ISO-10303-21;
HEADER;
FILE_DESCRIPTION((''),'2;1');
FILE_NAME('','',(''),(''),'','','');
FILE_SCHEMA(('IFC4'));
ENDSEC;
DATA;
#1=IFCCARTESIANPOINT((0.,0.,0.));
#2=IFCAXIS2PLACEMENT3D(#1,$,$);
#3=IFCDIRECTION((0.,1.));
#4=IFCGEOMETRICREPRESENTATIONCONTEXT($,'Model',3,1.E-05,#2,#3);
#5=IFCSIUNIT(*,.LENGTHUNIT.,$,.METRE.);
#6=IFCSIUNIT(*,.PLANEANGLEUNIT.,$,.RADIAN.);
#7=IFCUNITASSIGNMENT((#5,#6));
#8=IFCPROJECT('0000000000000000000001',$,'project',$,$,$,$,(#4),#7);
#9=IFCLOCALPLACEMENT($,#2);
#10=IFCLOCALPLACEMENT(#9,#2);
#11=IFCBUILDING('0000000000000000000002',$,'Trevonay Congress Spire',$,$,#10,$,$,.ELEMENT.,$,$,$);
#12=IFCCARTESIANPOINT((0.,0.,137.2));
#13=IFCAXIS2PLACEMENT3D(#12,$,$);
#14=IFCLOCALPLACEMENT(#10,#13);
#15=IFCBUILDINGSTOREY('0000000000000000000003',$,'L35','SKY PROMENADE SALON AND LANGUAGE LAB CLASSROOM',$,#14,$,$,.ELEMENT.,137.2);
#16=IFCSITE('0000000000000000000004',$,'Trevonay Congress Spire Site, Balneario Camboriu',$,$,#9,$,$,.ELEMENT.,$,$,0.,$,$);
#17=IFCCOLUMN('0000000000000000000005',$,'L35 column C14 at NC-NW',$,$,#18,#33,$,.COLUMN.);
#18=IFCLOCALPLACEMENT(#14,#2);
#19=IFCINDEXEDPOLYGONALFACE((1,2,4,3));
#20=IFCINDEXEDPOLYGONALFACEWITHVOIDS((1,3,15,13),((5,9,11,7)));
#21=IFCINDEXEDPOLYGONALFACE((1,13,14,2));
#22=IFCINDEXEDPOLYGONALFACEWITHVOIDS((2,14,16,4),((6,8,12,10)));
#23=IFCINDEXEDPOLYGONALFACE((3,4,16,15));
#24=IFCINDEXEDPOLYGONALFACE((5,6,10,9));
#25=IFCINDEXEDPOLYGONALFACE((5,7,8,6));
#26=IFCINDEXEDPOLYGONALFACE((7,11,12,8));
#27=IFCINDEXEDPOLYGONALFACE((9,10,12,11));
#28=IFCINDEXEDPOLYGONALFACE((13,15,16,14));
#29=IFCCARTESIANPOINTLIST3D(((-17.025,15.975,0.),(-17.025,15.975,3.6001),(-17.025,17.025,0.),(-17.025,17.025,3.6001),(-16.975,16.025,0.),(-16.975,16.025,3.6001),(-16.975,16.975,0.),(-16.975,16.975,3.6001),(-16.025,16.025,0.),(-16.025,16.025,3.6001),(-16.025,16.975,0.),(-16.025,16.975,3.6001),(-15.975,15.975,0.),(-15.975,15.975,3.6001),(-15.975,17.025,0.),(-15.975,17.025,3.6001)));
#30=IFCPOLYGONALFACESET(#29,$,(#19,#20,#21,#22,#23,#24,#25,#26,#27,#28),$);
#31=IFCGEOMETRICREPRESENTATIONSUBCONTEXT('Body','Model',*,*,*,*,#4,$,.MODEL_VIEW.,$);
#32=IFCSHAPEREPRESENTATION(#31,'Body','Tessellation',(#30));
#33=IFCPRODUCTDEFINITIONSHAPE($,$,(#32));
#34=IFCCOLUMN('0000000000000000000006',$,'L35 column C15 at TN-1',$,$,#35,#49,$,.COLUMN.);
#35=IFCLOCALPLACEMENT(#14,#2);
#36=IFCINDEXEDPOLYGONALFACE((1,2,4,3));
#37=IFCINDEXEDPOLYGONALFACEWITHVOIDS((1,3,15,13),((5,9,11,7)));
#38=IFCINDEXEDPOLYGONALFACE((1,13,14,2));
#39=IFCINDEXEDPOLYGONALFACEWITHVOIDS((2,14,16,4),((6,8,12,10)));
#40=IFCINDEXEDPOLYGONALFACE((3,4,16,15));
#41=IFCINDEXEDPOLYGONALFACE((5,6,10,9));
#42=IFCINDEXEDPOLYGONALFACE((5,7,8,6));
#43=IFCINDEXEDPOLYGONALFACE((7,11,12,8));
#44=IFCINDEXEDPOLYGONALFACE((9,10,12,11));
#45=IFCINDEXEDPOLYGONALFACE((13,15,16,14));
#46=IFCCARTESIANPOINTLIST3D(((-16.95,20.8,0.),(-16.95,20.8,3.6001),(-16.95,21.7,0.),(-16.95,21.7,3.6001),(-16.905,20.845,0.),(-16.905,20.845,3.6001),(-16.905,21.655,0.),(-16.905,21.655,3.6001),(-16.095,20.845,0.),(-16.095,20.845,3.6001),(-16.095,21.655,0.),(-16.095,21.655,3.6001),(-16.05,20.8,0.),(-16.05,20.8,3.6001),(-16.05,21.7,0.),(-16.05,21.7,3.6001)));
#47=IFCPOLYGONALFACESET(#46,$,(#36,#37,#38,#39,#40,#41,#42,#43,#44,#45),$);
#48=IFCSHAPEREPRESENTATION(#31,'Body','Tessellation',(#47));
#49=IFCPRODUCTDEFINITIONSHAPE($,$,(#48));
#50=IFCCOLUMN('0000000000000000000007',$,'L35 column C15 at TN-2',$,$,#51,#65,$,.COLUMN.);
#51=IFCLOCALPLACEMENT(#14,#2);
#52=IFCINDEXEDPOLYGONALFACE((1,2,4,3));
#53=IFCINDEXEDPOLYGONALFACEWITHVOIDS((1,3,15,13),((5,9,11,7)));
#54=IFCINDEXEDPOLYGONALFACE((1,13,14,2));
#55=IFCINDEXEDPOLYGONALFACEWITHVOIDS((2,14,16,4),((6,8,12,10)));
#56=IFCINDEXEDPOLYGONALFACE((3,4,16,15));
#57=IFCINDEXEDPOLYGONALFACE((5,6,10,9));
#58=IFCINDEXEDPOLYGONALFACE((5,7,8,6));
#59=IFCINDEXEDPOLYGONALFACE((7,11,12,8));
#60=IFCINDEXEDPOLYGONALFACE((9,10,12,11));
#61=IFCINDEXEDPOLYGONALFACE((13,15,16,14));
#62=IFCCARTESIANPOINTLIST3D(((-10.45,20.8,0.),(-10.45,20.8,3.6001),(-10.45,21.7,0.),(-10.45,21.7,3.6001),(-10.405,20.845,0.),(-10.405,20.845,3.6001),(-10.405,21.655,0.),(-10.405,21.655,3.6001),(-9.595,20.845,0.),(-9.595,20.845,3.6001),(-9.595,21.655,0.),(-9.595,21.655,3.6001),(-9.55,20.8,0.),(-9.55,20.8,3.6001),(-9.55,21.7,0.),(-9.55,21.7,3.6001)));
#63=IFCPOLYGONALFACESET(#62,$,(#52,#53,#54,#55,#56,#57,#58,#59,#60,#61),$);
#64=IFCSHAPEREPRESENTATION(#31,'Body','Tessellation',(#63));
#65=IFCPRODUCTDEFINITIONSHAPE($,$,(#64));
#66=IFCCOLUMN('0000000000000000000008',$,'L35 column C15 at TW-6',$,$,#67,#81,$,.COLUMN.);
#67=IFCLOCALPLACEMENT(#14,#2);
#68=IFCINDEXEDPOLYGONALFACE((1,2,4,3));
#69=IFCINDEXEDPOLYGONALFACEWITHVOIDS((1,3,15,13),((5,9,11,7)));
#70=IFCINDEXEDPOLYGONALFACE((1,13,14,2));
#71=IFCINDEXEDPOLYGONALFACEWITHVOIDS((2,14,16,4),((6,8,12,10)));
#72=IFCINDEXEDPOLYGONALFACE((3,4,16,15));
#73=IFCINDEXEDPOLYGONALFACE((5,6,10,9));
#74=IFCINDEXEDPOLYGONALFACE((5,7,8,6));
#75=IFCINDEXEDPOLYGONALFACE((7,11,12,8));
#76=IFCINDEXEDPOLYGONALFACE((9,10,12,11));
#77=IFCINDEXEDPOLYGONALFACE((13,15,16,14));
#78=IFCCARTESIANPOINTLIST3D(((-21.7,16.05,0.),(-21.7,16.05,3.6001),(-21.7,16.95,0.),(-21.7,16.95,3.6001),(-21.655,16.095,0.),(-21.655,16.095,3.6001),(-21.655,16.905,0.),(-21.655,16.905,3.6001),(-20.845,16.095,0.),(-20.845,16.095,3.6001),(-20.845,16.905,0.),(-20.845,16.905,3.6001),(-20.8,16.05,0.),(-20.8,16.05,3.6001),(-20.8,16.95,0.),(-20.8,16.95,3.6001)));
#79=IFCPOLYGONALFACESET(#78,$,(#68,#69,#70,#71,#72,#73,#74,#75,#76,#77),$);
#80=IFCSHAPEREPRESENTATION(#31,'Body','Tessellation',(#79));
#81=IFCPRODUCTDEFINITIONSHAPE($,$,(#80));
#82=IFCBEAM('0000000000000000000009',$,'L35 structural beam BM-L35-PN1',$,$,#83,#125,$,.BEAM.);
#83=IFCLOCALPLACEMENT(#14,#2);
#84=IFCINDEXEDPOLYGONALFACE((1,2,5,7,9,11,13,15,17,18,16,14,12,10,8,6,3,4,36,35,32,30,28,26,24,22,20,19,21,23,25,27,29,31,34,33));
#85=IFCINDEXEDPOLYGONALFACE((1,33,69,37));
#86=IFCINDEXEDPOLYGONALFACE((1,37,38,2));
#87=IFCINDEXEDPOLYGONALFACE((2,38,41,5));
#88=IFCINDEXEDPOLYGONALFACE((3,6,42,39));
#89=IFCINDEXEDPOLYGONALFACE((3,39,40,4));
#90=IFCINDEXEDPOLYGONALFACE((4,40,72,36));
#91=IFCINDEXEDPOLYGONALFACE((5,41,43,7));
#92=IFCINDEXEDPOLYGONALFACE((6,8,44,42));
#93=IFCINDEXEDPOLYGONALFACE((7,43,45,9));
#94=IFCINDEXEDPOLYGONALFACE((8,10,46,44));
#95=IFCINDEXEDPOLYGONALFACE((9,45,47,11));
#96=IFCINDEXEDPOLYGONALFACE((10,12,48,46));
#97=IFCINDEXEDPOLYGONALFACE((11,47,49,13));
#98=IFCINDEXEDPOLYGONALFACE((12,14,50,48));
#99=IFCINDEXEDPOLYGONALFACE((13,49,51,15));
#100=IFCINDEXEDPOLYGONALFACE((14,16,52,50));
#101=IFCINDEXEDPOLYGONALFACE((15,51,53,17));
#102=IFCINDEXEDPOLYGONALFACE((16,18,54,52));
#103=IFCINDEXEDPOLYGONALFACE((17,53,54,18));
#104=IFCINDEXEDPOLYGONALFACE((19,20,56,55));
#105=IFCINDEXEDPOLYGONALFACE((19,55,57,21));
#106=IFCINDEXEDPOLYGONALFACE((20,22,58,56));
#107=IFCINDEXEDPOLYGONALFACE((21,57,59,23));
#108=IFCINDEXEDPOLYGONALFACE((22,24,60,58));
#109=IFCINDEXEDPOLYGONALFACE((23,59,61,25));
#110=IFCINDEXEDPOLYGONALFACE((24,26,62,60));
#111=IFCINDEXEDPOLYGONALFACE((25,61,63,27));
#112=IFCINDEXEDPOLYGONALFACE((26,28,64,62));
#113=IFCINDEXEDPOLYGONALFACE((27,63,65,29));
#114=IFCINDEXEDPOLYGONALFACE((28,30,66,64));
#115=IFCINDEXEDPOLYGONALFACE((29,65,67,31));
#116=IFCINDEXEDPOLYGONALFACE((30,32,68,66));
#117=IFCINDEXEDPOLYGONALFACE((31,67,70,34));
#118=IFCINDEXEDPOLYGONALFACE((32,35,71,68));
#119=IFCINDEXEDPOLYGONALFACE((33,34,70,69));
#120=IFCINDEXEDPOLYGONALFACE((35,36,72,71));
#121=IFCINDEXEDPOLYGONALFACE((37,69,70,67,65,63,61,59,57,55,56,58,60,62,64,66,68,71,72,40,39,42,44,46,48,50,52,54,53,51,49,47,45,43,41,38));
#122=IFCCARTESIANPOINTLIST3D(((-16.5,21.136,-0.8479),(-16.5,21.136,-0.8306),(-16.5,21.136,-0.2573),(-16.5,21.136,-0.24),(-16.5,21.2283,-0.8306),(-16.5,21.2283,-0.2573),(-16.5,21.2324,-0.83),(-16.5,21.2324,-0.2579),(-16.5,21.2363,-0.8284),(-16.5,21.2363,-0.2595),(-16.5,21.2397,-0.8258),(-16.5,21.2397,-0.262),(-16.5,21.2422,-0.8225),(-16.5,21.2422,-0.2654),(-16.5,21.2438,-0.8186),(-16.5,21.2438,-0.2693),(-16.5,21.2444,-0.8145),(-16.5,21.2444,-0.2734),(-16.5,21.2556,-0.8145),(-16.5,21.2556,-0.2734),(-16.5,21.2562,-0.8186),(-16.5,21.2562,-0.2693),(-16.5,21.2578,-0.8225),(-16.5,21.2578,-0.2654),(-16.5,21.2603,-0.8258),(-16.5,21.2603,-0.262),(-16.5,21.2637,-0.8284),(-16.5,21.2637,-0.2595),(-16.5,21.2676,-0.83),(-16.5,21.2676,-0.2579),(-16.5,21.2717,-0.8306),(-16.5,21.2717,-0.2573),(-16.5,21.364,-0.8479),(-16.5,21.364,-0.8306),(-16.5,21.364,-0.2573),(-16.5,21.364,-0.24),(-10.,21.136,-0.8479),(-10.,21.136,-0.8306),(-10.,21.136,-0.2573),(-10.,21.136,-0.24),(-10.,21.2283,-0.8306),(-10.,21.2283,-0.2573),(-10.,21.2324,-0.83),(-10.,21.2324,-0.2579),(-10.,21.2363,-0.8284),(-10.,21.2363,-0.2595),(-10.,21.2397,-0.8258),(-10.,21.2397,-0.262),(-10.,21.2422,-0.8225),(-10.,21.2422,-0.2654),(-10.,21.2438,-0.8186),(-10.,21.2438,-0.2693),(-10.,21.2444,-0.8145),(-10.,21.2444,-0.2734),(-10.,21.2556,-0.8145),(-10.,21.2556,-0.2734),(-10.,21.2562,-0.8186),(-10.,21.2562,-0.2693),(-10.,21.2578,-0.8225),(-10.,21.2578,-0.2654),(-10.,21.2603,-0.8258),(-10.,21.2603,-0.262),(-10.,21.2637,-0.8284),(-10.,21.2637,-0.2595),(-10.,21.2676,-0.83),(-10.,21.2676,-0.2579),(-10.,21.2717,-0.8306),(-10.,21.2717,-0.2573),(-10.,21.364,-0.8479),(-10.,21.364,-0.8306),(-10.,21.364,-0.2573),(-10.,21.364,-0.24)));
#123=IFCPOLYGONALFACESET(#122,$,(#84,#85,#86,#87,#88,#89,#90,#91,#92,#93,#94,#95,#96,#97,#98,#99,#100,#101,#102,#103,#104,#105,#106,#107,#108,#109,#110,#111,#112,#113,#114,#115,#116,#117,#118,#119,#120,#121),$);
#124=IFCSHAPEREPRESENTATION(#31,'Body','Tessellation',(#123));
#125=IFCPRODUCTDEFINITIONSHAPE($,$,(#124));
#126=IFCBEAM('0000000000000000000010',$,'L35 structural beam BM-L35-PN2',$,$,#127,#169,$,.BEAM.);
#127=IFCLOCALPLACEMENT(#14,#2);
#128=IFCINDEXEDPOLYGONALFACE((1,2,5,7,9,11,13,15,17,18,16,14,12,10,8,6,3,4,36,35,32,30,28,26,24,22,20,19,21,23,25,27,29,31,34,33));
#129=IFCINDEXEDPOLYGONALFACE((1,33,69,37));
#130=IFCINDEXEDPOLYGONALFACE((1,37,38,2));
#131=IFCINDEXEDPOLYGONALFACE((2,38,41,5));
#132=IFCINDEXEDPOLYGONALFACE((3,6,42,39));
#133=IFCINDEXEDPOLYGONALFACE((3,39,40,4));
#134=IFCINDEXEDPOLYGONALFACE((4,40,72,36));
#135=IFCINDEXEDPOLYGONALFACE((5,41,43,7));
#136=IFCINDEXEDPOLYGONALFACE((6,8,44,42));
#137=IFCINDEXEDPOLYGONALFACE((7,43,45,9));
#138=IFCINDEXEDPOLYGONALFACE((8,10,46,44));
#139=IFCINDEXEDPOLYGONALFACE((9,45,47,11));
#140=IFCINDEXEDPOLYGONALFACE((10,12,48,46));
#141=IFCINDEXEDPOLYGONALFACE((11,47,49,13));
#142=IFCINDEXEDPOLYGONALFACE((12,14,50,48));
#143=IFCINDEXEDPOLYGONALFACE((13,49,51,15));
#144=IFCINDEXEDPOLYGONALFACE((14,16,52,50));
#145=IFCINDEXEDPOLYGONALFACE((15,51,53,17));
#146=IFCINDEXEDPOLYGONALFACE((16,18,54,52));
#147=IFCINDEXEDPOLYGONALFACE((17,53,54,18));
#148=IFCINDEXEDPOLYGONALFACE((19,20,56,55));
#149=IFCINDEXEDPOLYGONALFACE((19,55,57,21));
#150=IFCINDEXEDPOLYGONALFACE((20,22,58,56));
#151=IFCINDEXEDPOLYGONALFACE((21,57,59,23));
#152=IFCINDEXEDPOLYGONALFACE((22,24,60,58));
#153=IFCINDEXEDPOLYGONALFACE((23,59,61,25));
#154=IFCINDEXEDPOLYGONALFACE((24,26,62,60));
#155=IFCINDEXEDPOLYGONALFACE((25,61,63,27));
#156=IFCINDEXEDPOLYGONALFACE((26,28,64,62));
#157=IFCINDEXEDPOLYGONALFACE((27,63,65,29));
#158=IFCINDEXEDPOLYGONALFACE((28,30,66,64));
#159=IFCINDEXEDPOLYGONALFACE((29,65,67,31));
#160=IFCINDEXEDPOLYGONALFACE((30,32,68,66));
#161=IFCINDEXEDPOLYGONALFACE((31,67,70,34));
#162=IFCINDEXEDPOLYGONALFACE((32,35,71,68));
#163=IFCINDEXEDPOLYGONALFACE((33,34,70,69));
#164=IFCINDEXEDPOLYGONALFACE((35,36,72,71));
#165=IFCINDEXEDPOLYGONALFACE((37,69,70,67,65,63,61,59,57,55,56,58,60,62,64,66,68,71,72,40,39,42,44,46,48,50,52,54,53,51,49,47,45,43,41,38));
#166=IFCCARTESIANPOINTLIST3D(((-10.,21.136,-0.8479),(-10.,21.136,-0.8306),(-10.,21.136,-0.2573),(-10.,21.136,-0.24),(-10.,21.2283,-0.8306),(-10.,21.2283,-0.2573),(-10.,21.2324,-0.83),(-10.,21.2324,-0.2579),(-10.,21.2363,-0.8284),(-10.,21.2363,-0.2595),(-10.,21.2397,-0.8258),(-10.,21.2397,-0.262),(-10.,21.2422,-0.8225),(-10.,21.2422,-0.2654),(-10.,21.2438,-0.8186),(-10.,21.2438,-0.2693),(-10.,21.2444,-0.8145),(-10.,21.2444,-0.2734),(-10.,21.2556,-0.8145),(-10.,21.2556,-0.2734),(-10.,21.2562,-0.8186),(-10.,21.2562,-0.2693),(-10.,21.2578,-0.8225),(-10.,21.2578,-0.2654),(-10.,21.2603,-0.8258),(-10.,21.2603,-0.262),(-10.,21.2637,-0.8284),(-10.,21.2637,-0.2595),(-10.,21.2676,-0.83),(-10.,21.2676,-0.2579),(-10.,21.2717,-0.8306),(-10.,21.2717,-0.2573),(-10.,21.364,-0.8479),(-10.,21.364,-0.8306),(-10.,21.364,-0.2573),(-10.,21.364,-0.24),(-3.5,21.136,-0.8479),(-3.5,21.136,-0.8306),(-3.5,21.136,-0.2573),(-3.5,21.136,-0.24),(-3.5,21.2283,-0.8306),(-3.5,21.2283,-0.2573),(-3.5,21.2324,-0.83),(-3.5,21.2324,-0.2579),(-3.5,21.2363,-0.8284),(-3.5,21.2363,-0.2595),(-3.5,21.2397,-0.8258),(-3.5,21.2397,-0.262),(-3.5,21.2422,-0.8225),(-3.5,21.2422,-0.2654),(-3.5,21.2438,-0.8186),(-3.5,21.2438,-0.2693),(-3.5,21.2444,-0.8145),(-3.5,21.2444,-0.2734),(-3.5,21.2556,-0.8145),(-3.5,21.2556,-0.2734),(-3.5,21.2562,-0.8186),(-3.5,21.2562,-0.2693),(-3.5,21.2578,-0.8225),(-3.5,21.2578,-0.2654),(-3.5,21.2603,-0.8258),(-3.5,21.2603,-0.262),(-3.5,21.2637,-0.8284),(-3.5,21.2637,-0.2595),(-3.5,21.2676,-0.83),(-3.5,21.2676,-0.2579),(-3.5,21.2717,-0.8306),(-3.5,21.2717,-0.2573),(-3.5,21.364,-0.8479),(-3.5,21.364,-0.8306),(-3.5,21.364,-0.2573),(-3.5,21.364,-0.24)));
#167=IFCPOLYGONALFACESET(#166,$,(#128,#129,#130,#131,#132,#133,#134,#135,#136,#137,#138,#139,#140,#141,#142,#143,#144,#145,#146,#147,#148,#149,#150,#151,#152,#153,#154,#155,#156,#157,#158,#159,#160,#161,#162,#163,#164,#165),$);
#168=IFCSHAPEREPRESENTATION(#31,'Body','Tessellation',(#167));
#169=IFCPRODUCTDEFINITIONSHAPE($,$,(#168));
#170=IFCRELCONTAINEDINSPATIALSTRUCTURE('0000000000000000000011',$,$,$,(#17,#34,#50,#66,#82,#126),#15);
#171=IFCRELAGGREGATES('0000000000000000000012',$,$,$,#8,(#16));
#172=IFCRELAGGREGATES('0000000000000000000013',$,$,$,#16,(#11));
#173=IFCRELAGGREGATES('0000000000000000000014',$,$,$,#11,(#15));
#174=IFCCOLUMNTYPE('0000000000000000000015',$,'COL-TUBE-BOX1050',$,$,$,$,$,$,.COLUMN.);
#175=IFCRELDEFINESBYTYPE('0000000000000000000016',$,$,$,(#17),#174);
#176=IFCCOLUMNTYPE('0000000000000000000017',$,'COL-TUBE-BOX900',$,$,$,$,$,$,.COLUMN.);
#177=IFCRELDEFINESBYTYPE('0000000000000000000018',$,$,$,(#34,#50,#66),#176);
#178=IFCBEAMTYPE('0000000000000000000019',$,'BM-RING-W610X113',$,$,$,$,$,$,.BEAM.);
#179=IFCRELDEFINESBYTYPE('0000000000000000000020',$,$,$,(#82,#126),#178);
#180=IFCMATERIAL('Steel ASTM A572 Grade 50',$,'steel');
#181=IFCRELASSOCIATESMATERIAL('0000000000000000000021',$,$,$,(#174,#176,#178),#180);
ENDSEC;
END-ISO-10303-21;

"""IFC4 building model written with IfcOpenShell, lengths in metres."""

from ifc_helpers import new_model, si_unit, direction, frame, origin, origin_2d, place, context, subcontext, project, spatial, hollow_rectangle, i_section, extrude, material, material_profile, profile_set, type_object, element, save


model = new_model("IFC4")

# Units and contexts
model_context = context("Model", 3, precision=1e-05, world=origin(), true_north=direction((0.0, 1.0)))
body_context = subcontext(model_context, "Body", "Model", "MODEL_VIEW")
ifc_project = project(units=[si_unit("LENGTHUNIT", "METRE"), si_unit("PLANEANGLEUNIT", "RADIAN")], contexts=[model_context])

# Site, building, storey
site_placement = place(None, origin())
site = spatial("IfcSite", under=ifc_project, at=site_placement, Name="Trevonay Congress Spire Site, Balneario Camboriu", CompositionType="ELEMENT", RefElevation=0.0)
building_placement = place(site_placement, origin())
building = spatial("IfcBuilding", under=site, at=building_placement, Name="Trevonay Congress Spire", CompositionType="ELEMENT")
storey_placement = place(building_placement, frame((0.0, 0.0, 137.2)))
storey = spatial("IfcBuildingStorey", under=building, at=storey_placement, Name="L35", Description="SKY PROMENADE SALON AND LANGUAGE LAB CLASSROOM", CompositionType="ELEMENT", Elevation=137.2)

# Columns
ifc_material_1 = material(Name="Steel ASTM A572 Grade 50", Category="steel")
ifc_material_profile_1 = material_profile(ifc_material_1, hollow_rectangle(XDim=1.05, YDim=1.05, WallThickness=0.05, at=origin_2d()), Name="BOX 1050x1050x50")
ifc_profile_set_1 = profile_set([ifc_material_profile_1], Name="Steel ASTM A572 Grade 50")
column_type_1 = type_object("IfcColumnType", Name="COL-TUBE-BOX1050", PredefinedType="COLUMN", material=ifc_profile_set_1)
column_placement = place(storey_placement, frame((-16.5, 16.5, 0.0), z_axis=(0.0, 0.0, 1.0), x_axis=(1.0, 0.0, 0.0)))
element("IfcColumn", 1, at=column_placement, inside=storey, type_object=column_type_1, Name="L35 column C14 at NC-NW", PredefinedType="COLUMN", context=body_context, shape_type="SweptSolid", body=[
    extrude(hollow_rectangle(XDim=1.05, YDim=1.05, WallThickness=0.05, at=origin_2d()), origin(), (0.0, 0.0, 1.0), 3.6001),
])
ifc_material_profile_2 = material_profile(ifc_material_1, hollow_rectangle(XDim=0.8999, YDim=0.8999, WallThickness=0.0449, at=origin_2d()), Name="BOX 900x900x45")
ifc_profile_set_2 = profile_set([ifc_material_profile_2], Name="Steel ASTM A572 Grade 50")
column_type_2 = type_object("IfcColumnType", Name="COL-TUBE-BOX900", PredefinedType="COLUMN", material=ifc_profile_set_2)
for number, where, z_axis, x_axis, name in (
    (2, (-16.5, 21.25, 0.0), (0.0, 0.0, 1.0), (1.0, 0.0, 0.0), "L35 column C15 at TN-1"),
    (3, (-10.0, 21.25, 0.0), (0.0, 0.0, 1.0), (1.0, 0.0, 0.0), "L35 column C15 at TN-2"),
    (4, (-21.25, 16.5, 0.0), (0.0, 0.0, 1.0), (1.0, 0.0, 0.0), "L35 column C15 at TW-6"),
):
    element("IfcColumn", number, at=place(storey_placement, frame(where, z_axis=z_axis, x_axis=x_axis)), inside=storey, type_object=column_type_2, Name=name, PredefinedType="COLUMN", context=body_context, shape_type="SweptSolid", body=[
        extrude(hollow_rectangle(XDim=0.8999, YDim=0.8999, WallThickness=0.0449, at=origin_2d()), origin(), (0.0, 0.0, 1.0), 3.6001),
    ])

# Beams
ifc_material_profile_3 = material_profile(ifc_material_1, i_section(OverallWidth=0.228, OverallDepth=0.6079, WebThickness=0.0112, FlangeThickness=0.0173, FilletRadius=0.0161, at=origin_2d()), Name="W610x113")
ifc_profile_set_3 = profile_set([ifc_material_profile_3], Name="Steel ASTM A572 Grade 50")
beam_type = type_object("IfcBeamType", Name="BM-RING-W610X113", PredefinedType="BEAM", material=ifc_profile_set_3)
for number, where, z_axis, x_axis, name in (
    (5, (-16.5, 21.25, -0.5439), (1.0, 0.0, 0.0), (0.0, 1.0, 0.0), "L35 structural beam BM-L35-PN1"),
    (6, (-10.0, 21.25, -0.5439), (1.0, 0.0, 0.0), (0.0, 1.0, 0.0), "L35 structural beam BM-L35-PN2"),
):
    element("IfcBeam", number, at=place(storey_placement, frame(where, z_axis=z_axis, x_axis=x_axis)), inside=storey, type_object=beam_type, Name=name, PredefinedType="BEAM", context=body_context, shape_type="SweptSolid", body=[
        extrude(i_section(OverallWidth=0.228, OverallDepth=0.6079, WebThickness=0.0112, FlangeThickness=0.0173, FilletRadius=0.0161, at=origin_2d()), origin(), (0.0, 0.0, 1.0), 6.5),
    ])

save(model, "model.ifc")
